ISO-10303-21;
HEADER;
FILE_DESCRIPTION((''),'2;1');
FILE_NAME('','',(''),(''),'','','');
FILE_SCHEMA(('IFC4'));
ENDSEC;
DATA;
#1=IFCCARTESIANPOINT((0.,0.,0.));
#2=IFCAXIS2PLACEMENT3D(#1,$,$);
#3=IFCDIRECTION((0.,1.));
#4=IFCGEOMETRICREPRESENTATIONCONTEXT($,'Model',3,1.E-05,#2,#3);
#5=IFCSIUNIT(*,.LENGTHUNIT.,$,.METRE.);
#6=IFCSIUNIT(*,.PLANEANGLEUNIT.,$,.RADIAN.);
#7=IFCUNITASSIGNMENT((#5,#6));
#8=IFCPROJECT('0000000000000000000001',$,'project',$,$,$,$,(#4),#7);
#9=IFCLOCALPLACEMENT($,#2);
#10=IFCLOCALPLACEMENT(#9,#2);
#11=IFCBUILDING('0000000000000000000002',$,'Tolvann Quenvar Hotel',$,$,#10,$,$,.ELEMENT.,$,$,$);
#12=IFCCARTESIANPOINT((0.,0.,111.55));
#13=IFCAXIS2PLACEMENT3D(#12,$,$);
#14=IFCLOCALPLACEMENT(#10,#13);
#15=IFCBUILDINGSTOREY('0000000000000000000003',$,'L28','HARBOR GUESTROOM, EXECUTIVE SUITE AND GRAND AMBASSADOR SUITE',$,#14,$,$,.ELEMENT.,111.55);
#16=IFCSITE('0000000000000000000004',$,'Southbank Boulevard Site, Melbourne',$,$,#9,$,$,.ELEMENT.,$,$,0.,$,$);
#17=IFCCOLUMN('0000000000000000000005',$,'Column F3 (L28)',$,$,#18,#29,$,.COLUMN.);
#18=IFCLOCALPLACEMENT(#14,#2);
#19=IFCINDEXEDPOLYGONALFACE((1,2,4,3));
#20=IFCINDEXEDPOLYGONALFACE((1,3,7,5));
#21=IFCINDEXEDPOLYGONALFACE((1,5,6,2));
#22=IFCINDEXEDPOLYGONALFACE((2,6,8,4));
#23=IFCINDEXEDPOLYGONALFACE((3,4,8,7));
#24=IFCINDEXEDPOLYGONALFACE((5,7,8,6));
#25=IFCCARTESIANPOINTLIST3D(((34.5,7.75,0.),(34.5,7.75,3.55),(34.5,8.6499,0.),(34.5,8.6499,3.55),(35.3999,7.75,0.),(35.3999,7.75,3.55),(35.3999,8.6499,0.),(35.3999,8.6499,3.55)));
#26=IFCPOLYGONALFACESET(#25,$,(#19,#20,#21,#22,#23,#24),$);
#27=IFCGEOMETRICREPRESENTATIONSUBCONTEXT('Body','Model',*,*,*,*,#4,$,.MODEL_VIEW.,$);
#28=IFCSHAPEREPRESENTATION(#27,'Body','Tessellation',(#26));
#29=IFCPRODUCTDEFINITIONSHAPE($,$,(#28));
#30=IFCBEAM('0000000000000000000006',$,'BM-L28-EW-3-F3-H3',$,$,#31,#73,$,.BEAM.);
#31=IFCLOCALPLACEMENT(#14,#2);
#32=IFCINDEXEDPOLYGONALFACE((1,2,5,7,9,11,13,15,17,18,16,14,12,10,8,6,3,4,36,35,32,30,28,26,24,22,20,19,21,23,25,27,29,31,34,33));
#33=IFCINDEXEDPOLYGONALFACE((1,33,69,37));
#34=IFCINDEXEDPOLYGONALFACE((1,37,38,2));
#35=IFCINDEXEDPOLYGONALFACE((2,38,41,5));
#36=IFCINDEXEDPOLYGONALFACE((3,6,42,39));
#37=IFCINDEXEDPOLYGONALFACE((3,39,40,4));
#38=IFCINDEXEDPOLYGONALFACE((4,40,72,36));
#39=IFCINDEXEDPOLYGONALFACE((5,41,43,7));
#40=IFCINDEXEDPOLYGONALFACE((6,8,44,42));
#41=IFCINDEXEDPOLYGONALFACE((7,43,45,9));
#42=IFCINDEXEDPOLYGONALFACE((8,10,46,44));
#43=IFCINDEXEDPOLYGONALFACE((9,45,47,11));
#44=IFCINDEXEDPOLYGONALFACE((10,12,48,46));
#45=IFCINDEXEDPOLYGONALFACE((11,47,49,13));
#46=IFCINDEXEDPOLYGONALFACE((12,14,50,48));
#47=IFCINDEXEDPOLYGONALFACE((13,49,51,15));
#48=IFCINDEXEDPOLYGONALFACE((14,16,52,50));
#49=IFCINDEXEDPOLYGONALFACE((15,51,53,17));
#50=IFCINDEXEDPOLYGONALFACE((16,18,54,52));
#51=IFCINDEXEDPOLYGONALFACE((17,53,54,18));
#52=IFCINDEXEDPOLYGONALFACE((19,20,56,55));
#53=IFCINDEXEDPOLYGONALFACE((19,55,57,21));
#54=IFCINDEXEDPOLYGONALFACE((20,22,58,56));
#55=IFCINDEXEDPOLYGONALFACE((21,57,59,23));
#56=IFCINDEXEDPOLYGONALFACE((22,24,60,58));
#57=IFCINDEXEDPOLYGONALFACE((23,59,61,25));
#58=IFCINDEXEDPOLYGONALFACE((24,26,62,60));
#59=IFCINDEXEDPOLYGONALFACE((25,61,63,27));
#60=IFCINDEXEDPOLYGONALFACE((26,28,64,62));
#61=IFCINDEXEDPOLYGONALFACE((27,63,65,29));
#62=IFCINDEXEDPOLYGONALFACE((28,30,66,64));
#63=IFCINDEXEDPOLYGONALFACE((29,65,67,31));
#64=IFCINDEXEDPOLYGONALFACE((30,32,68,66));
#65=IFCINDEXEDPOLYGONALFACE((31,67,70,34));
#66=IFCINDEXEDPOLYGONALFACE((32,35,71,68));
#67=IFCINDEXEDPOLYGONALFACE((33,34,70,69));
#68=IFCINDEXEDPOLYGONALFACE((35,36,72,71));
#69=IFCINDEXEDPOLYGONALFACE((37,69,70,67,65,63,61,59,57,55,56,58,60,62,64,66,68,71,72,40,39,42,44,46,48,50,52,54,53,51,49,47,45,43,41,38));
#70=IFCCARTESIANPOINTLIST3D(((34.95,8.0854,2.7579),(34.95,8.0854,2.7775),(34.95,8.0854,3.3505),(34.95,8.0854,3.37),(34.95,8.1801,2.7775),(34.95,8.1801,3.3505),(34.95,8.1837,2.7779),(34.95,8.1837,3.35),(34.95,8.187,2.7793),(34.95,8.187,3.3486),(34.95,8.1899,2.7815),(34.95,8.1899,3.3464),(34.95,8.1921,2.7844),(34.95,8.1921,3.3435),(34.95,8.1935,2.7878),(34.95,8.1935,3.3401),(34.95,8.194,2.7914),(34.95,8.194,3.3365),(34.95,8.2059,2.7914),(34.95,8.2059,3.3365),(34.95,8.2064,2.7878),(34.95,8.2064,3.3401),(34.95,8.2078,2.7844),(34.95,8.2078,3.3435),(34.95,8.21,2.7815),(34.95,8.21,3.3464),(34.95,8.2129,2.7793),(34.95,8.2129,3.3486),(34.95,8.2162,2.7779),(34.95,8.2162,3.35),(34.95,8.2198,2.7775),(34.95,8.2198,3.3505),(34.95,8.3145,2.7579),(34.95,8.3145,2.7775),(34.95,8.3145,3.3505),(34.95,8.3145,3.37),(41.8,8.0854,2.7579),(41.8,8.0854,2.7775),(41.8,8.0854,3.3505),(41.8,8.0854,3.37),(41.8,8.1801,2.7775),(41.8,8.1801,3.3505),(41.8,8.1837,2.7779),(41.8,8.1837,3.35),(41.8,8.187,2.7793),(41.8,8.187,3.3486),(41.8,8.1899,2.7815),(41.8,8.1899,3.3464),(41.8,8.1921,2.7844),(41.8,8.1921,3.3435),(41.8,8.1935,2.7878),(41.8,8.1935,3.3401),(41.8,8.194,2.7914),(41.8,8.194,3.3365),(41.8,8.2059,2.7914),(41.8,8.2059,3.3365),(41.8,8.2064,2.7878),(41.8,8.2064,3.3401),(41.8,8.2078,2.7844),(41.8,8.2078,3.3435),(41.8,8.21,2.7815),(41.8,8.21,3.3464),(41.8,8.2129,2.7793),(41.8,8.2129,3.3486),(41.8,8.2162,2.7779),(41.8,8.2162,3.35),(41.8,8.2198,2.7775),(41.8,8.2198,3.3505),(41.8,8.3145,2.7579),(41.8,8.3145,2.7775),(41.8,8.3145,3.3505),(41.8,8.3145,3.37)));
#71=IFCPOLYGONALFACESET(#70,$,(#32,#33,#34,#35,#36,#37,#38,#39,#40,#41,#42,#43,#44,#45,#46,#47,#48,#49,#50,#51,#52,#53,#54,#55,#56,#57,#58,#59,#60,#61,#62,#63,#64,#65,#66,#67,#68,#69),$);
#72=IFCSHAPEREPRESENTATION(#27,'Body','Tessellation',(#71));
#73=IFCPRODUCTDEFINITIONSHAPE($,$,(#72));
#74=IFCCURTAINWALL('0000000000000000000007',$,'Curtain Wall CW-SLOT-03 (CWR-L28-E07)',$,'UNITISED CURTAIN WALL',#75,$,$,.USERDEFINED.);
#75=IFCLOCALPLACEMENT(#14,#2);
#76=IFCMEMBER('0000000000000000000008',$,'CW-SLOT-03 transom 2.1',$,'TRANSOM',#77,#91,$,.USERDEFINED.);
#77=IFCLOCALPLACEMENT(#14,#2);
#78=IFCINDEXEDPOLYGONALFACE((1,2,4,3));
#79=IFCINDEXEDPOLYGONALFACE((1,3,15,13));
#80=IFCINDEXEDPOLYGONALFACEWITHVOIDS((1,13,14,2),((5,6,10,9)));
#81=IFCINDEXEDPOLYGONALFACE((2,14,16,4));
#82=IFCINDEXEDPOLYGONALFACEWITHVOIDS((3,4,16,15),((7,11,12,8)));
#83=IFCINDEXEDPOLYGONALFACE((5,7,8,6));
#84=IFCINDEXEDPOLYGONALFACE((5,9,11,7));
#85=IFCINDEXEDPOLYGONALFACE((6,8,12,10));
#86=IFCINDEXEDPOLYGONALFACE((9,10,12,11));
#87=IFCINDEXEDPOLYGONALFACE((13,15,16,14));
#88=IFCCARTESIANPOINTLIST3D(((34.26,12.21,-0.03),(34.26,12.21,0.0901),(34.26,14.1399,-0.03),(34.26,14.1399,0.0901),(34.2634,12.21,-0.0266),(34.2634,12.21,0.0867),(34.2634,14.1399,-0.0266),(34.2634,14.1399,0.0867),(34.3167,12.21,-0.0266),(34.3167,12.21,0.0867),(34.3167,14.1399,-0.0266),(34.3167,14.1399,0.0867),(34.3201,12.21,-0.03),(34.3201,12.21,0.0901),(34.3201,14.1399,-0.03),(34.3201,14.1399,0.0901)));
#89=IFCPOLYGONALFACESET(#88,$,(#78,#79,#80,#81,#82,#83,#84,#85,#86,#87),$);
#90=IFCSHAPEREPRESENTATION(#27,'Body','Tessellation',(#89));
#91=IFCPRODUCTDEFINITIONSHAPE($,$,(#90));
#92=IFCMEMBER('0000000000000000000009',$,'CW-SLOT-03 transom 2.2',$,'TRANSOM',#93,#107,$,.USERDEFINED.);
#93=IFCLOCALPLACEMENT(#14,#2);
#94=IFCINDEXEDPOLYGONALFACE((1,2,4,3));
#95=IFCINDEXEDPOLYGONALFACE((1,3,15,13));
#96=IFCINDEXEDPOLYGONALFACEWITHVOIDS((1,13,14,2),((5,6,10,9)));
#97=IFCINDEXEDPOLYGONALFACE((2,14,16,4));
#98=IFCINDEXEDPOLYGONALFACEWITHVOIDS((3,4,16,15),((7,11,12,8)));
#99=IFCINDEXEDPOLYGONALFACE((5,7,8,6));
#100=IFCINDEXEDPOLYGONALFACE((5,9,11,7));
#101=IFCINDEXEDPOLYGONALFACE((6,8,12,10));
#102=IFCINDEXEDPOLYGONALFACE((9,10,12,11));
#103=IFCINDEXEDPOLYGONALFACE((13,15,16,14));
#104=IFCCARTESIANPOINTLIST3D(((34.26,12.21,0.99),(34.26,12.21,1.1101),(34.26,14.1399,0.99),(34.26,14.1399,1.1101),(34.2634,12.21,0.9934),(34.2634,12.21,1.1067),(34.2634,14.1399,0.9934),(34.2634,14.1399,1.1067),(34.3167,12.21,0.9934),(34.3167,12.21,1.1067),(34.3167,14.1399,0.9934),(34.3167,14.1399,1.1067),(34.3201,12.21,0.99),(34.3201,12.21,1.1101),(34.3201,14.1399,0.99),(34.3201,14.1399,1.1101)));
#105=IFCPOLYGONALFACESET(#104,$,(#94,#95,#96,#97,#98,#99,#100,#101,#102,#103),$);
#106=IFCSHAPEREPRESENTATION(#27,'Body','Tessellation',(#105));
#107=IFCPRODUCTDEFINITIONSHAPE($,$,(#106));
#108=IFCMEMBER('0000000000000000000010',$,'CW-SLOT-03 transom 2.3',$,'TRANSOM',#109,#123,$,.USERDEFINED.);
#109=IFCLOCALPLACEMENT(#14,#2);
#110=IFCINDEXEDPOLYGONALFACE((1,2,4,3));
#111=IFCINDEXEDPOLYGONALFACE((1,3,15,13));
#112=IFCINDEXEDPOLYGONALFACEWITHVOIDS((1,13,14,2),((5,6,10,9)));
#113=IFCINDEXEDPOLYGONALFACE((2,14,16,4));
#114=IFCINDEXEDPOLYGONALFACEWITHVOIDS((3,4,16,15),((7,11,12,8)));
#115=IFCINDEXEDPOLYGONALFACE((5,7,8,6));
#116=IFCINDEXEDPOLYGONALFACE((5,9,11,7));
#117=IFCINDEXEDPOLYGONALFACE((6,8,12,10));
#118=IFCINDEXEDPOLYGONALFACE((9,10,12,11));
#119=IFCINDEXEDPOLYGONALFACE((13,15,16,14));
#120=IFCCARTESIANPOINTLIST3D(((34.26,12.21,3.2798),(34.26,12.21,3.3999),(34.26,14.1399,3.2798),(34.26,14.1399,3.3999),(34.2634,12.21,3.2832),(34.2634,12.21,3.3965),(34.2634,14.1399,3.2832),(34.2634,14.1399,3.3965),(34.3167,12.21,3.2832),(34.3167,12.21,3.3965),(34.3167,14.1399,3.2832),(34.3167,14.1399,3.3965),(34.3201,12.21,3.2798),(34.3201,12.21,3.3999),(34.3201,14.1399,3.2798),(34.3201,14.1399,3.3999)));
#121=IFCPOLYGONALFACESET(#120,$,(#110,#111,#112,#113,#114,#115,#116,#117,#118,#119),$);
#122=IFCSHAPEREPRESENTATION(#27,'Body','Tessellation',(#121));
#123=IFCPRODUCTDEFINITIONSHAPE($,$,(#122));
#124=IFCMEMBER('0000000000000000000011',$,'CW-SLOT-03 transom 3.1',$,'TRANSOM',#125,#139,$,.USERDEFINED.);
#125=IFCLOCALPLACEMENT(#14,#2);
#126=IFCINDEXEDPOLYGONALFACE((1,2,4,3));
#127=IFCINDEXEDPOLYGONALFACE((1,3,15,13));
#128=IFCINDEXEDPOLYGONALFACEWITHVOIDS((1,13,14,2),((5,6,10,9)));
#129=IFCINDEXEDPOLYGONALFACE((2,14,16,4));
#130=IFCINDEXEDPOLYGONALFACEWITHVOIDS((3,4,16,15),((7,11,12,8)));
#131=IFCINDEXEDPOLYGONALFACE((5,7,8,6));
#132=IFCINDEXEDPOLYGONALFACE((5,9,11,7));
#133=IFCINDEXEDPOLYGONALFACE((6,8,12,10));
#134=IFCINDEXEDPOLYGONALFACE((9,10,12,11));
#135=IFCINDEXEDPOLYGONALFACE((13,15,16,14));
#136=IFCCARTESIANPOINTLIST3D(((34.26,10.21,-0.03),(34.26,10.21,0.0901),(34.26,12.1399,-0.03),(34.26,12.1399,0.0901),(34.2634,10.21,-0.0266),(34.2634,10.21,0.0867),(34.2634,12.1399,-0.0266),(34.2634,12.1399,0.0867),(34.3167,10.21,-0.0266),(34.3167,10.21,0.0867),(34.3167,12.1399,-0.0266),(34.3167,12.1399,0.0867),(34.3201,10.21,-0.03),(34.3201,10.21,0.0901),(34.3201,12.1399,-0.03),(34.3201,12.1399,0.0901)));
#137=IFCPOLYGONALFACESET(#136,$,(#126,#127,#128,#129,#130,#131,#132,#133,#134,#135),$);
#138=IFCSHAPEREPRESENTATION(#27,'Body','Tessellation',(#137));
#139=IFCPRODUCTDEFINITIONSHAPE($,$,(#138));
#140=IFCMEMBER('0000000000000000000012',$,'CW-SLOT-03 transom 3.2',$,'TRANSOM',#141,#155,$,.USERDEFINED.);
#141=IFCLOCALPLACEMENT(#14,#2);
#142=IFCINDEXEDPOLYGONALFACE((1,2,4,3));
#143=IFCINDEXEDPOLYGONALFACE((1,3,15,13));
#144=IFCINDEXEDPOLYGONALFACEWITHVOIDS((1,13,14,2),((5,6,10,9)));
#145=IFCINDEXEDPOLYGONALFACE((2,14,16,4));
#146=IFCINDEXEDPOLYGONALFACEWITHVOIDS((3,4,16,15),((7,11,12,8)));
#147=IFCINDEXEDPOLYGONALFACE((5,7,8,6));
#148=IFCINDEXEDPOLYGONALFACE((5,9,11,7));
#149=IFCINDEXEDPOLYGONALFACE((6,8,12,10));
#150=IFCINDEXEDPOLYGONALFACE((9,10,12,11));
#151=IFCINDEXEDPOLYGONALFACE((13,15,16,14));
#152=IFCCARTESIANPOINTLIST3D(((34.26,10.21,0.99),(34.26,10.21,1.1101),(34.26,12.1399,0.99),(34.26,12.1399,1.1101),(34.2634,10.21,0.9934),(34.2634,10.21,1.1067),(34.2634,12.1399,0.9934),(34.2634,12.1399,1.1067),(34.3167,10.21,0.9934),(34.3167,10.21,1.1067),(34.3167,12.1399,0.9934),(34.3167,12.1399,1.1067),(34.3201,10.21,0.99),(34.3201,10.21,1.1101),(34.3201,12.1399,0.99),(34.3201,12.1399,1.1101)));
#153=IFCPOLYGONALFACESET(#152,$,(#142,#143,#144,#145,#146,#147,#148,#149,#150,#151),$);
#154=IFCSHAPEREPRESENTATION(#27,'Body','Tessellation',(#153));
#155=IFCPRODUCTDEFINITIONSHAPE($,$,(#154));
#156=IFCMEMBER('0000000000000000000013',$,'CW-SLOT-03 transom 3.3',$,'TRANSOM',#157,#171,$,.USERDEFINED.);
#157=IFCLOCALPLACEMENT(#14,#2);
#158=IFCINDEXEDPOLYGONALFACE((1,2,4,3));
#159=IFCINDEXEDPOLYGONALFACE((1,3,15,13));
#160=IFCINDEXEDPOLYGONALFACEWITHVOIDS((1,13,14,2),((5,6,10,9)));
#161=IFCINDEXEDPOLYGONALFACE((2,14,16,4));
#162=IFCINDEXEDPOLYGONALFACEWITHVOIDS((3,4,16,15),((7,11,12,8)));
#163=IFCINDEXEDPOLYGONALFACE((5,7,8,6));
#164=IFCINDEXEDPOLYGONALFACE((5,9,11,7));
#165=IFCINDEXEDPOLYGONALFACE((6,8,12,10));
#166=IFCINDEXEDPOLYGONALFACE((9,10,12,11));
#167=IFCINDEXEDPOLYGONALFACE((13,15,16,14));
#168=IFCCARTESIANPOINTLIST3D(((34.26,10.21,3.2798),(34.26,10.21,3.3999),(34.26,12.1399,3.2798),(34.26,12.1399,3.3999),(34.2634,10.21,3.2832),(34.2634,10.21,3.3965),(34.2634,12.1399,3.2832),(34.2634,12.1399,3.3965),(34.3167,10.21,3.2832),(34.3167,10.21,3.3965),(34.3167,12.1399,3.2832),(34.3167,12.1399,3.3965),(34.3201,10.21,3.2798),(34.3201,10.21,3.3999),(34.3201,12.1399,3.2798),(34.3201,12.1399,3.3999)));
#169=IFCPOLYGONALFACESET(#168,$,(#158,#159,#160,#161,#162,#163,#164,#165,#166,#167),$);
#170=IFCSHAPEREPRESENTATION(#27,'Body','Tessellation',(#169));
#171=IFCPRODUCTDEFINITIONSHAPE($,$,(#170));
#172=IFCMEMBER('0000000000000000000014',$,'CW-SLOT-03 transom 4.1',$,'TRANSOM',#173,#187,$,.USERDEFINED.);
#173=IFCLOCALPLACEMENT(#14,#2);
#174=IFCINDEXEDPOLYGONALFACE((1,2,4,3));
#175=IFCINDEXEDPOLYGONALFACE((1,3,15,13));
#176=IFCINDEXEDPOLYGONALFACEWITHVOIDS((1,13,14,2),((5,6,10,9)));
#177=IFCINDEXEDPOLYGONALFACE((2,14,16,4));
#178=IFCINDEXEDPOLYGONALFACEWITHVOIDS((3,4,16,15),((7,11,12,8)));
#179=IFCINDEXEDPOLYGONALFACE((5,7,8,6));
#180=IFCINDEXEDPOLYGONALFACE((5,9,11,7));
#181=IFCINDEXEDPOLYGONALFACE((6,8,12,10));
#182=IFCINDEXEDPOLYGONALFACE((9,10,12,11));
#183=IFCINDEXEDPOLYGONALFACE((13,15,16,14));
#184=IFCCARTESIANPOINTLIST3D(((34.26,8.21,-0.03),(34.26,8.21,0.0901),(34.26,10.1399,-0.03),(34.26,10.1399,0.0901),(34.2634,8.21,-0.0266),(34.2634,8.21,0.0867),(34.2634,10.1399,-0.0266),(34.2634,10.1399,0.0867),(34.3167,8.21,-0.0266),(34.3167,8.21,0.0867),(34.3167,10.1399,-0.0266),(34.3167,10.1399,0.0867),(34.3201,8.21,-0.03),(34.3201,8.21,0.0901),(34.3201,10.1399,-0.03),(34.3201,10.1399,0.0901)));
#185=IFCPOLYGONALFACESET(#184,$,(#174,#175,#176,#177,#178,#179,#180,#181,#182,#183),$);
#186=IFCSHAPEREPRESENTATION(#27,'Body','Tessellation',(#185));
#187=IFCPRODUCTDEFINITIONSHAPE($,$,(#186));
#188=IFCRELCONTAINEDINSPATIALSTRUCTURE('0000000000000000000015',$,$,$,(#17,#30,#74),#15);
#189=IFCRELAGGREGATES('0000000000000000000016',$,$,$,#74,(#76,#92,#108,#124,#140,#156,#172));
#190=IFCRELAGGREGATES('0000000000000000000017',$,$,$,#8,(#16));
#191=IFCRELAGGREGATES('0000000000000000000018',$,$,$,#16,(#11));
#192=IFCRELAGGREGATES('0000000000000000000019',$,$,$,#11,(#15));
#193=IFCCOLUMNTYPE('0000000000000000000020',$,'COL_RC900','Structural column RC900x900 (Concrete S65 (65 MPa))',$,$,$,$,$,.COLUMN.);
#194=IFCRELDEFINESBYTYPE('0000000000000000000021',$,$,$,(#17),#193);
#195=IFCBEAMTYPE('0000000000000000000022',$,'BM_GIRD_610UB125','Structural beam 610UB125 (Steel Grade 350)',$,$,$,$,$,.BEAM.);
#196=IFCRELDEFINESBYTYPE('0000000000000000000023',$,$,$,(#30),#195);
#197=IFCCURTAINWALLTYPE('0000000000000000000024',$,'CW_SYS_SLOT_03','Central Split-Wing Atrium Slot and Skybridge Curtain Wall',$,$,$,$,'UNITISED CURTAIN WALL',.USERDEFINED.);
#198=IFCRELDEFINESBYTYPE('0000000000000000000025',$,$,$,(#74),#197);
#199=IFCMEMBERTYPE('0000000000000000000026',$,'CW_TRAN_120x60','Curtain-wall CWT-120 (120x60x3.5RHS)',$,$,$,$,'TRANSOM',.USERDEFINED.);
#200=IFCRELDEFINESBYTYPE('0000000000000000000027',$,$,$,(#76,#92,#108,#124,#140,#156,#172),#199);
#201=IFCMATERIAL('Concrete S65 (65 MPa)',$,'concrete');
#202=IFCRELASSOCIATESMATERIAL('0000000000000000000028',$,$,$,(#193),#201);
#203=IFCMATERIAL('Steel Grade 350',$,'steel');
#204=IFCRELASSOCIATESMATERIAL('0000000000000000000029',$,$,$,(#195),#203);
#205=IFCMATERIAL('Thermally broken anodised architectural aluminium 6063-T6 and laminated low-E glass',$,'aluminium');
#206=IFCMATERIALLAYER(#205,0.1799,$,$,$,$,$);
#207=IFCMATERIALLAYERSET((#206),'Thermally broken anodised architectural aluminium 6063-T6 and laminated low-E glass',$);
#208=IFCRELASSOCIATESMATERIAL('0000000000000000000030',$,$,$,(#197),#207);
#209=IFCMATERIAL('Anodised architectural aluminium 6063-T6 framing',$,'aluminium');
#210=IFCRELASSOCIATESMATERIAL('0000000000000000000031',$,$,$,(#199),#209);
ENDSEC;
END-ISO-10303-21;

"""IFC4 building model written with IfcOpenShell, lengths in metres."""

from ifc_helpers import new_model, si_unit, direction, frame, origin, origin_2d, place, context, subcontext, project, spatial, rectangle, hollow_rectangle, i_section, extrude, source, transform, mapped, material, layer, layer_set, material_profile, profile_set, type_object, type_shapes, element, aggregate, save


model = new_model("IFC4")

# Units and contexts
model_context = context("Model", 3, precision=1e-05, world=origin(), true_north=direction((0.0, 1.0)))
body_context = subcontext(model_context, "Body", "Model", "MODEL_VIEW")
ifc_project = project(units=[si_unit("LENGTHUNIT", "METRE"), si_unit("PLANEANGLEUNIT", "RADIAN")], contexts=[model_context])

# Site, building, storey
site_placement = place(None, origin())
site = spatial("IfcSite", under=ifc_project, at=site_placement, Name="Southbank Boulevard Site, Melbourne", CompositionType="ELEMENT", RefElevation=0.0)
building_placement = place(site_placement, origin())
building = spatial("IfcBuilding", under=site, at=building_placement, Name="Tolvann Quenvar Hotel", CompositionType="ELEMENT")
storey_placement = place(building_placement, frame((0.0, 0.0, 111.55)))
storey = spatial("IfcBuildingStorey", under=building, at=storey_placement, Name="L28", Description="HARBOR GUESTROOM, EXECUTIVE SUITE AND GRAND AMBASSADOR SUITE", CompositionType="ELEMENT", Elevation=111.55)

# Column
ifc_material_1 = material(Name="Concrete S65 (65 MPa)", Category="concrete")
ifc_material_profile_1 = material_profile(ifc_material_1, rectangle(XDim=0.8999, YDim=0.8999, at=origin_2d()), Name="RC900x900")
ifc_profile_set_1 = profile_set([ifc_material_profile_1], Name="Concrete S65 (65 MPa)")
column_type = type_object("IfcColumnType", Name="COL_RC900", Description="Structural column RC900x900 (Concrete S65 (65 MPa))", PredefinedType="COLUMN", material=ifc_profile_set_1)
shared_shape_1 = source(origin(), body_context, "Body", "SweptSolid", [
    extrude(rectangle(XDim=0.8999, YDim=0.8999, at=origin_2d()), origin(), (0.0, 0.0, 1.0), 3.55),
])
type_shapes(column_type, [shared_shape_1])
column_placement = place(storey_placement, frame((34.95, 8.2, 0.0), z_axis=(0.0, 0.0, 1.0), x_axis=(1.0, 0.0, 0.0)))
element("IfcColumn", 1, at=column_placement, inside=storey, type_object=column_type, Name="Column F3 (L28)", PredefinedType="COLUMN", context=body_context, shape_type="MappedRepresentation", body=[
    mapped(shared_shape_1, transform((0.0, 0.0, 0.0), x_axis=(1.0, 0.0, 0.0), y_axis=(0.0, 1.0, 0.0), z_axis=(0.0, 0.0, 1.0), scale=1.0)),
])

# Beam
ifc_material_2 = material(Name="Steel Grade 350", Category="steel")
ifc_material_profile_2 = material_profile(ifc_material_2, i_section(OverallWidth=0.229, OverallDepth=0.6121, WebThickness=0.012, FlangeThickness=0.0195, FilletRadius=0.0139, at=origin_2d()), Name="610UB125")
ifc_profile_set_2 = profile_set([ifc_material_profile_2], Name="Steel Grade 350")
beam_type = type_object("IfcBeamType", Name="BM_GIRD_610UB125", Description="Structural beam 610UB125 (Steel Grade 350)", PredefinedType="BEAM", material=ifc_profile_set_2)
shared_shape_2 = source(origin(), body_context, "Body", "SweptSolid", [
    extrude(i_section(OverallWidth=0.229, OverallDepth=0.6121, WebThickness=0.012, FlangeThickness=0.0195, FilletRadius=0.0139, at=origin_2d()), origin(), (0.0, 0.0, 1.0), 6.8501),
])
type_shapes(beam_type, [shared_shape_2])
beam_placement = place(storey_placement, frame((34.95, 8.2, 3.064), z_axis=(1.0, 0.0, 0.0), x_axis=(0.0, 1.0, 0.0)))
element("IfcBeam", 2, at=beam_placement, inside=storey, type_object=beam_type, Name="BM-L28-EW-3-F3-H3", PredefinedType="BEAM", context=body_context, shape_type="MappedRepresentation", body=[
    mapped(shared_shape_2, transform((0.0, 0.0, 0.0), x_axis=(1.0, 0.0, 0.0), y_axis=(0.0, 1.0, 0.0), z_axis=(0.0, 0.0, 1.0), scale=1.0)),
])

# Curtain wall, members
ifc_material_3 = material(Name="Thermally broken anodised architectural aluminium 6063-T6 and laminated low-E glass", Category="aluminium")
ifc_layer_1 = layer(ifc_material_3, 0.1799)
ifc_layer_set_1 = layer_set([ifc_layer_1], Name="Thermally broken anodised architectural aluminium 6063-T6 and laminated low-E glass")
curtain_wall_type = type_object("IfcCurtainWallType", Name="CW_SYS_SLOT_03", Description="Central Split-Wing Atrium Slot and Skybridge Curtain Wall", ElementType="UNITISED CURTAIN WALL", PredefinedType="USERDEFINED", material=ifc_layer_set_1)
curtain_wall_1_placement = place(storey_placement, origin())
curtain_wall_1 = element("IfcCurtainWall", 3, at=curtain_wall_1_placement, inside=storey, type_object=curtain_wall_type, Name="Curtain Wall CW-SLOT-03 (CWR-L28-E07)", ObjectType="UNITISED CURTAIN WALL", PredefinedType="USERDEFINED")
ifc_material_4 = material(Name="Anodised architectural aluminium 6063-T6 framing", Category="aluminium")
ifc_material_profile_3 = material_profile(ifc_material_4, hollow_rectangle(XDim=0.0601, YDim=0.1201, WallThickness=0.0034, at=origin_2d()), Name="120x60x3.5RHS")
ifc_profile_set_3 = profile_set([ifc_material_profile_3], Name="Anodised architectural aluminium 6063-T6 framing")
member_type_1 = type_object("IfcMemberType", Name="CW_TRAN_120x60", Description="Curtain-wall CWT-120 (120x60x3.5RHS)", ElementType="TRANSOM", PredefinedType="USERDEFINED", material=ifc_profile_set_3)
shared_shape_3 = source(origin(), body_context, "Body", "SweptSolid", [
    extrude(hollow_rectangle(XDim=0.0601, YDim=0.1201, WallThickness=0.0034, at=origin_2d()), origin(), (0.0, 0.0, 1.0), 1.9299),
])
type_shapes(member_type_1, [shared_shape_3])
member_1_placement = place(storey_placement, frame((34.29, 14.1399, 0.03), z_axis=(0.0, -1.0, 0.0), x_axis=(1.0, 0.0, 0.0)))
member_1 = element("IfcMember", 4, at=member_1_placement, type_object=member_type_1, Name="CW-SLOT-03 transom 2.1", ObjectType="TRANSOM", PredefinedType="USERDEFINED", context=body_context, shape_type="MappedRepresentation", body=[
    mapped(shared_shape_3, transform((0.0, 0.0, 0.0), x_axis=(1.0, 0.0, 0.0), y_axis=(0.0, 1.0, 0.0), z_axis=(0.0, 0.0, 1.0), scale=1.0)),
])
member_2_placement = place(storey_placement, frame((34.29, 14.1399, 1.05), z_axis=(0.0, -1.0, 0.0), x_axis=(1.0, 0.0, 0.0)))
member_2 = element("IfcMember", 5, at=member_2_placement, type_object=member_type_1, Name="CW-SLOT-03 transom 2.2", ObjectType="TRANSOM", PredefinedType="USERDEFINED", context=body_context, shape_type="MappedRepresentation", body=[
    mapped(shared_shape_3, transform((0.0, 0.0, 0.0), x_axis=(1.0, 0.0, 0.0), y_axis=(0.0, 1.0, 0.0), z_axis=(0.0, 0.0, 1.0), scale=1.0)),
])
member_3_placement = place(storey_placement, frame((34.29, 14.1399, 3.3398), z_axis=(0.0, -1.0, 0.0), x_axis=(1.0, 0.0, 0.0)))
member_3 = element("IfcMember", 6, at=member_3_placement, type_object=member_type_1, Name="CW-SLOT-03 transom 2.3", ObjectType="TRANSOM", PredefinedType="USERDEFINED", context=body_context, shape_type="MappedRepresentation", body=[
    mapped(shared_shape_3, transform((0.0, 0.0, 0.0), x_axis=(1.0, 0.0, 0.0), y_axis=(0.0, 1.0, 0.0), z_axis=(0.0, 0.0, 1.0), scale=1.0)),
])
member_4_placement = place(storey_placement, frame((34.29, 12.1399, 0.03), z_axis=(0.0, -1.0, 0.0), x_axis=(1.0, 0.0, 0.0)))
member_4 = element("IfcMember", 7, at=member_4_placement, type_object=member_type_1, Name="CW-SLOT-03 transom 3.1", ObjectType="TRANSOM", PredefinedType="USERDEFINED", context=body_context, shape_type="MappedRepresentation", body=[
    mapped(shared_shape_3, transform((0.0, 0.0, 0.0), x_axis=(1.0, 0.0, 0.0), y_axis=(0.0, 1.0, 0.0), z_axis=(0.0, 0.0, 1.0), scale=1.0)),
])
member_5_placement = place(storey_placement, frame((34.29, 12.1399, 1.05), z_axis=(0.0, -1.0, 0.0), x_axis=(1.0, 0.0, 0.0)))
member_5 = element("IfcMember", 8, at=member_5_placement, type_object=member_type_1, Name="CW-SLOT-03 transom 3.2", ObjectType="TRANSOM", PredefinedType="USERDEFINED", context=body_context, shape_type="MappedRepresentation", body=[
    mapped(shared_shape_3, transform((0.0, 0.0, 0.0), x_axis=(1.0, 0.0, 0.0), y_axis=(0.0, 1.0, 0.0), z_axis=(0.0, 0.0, 1.0), scale=1.0)),
])
member_6_placement = place(storey_placement, frame((34.29, 12.1399, 3.3398), z_axis=(0.0, -1.0, 0.0), x_axis=(1.0, 0.0, 0.0)))
member_6 = element("IfcMember", 9, at=member_6_placement, type_object=member_type_1, Name="CW-SLOT-03 transom 3.3", ObjectType="TRANSOM", PredefinedType="USERDEFINED", context=body_context, shape_type="MappedRepresentation", body=[
    mapped(shared_shape_3, transform((0.0, 0.0, 0.0), x_axis=(1.0, 0.0, 0.0), y_axis=(0.0, 1.0, 0.0), z_axis=(0.0, 0.0, 1.0), scale=1.0)),
])
member_7_placement = place(storey_placement, frame((34.29, 10.1399, 0.03), z_axis=(0.0, -1.0, 0.0), x_axis=(1.0, 0.0, 0.0)))
member_7 = element("IfcMember", 10, at=member_7_placement, type_object=member_type_1, Name="CW-SLOT-03 transom 4.1", ObjectType="TRANSOM", PredefinedType="USERDEFINED", context=body_context, shape_type="MappedRepresentation", body=[
    mapped(shared_shape_3, transform((0.0, 0.0, 0.0), x_axis=(1.0, 0.0, 0.0), y_axis=(0.0, 1.0, 0.0), z_axis=(0.0, 0.0, 1.0), scale=1.0)),
])

aggregate(curtain_wall_1, [member_1, member_2, member_3, member_4, member_5, member_6, member_7])

save(model, "model.ifc")
